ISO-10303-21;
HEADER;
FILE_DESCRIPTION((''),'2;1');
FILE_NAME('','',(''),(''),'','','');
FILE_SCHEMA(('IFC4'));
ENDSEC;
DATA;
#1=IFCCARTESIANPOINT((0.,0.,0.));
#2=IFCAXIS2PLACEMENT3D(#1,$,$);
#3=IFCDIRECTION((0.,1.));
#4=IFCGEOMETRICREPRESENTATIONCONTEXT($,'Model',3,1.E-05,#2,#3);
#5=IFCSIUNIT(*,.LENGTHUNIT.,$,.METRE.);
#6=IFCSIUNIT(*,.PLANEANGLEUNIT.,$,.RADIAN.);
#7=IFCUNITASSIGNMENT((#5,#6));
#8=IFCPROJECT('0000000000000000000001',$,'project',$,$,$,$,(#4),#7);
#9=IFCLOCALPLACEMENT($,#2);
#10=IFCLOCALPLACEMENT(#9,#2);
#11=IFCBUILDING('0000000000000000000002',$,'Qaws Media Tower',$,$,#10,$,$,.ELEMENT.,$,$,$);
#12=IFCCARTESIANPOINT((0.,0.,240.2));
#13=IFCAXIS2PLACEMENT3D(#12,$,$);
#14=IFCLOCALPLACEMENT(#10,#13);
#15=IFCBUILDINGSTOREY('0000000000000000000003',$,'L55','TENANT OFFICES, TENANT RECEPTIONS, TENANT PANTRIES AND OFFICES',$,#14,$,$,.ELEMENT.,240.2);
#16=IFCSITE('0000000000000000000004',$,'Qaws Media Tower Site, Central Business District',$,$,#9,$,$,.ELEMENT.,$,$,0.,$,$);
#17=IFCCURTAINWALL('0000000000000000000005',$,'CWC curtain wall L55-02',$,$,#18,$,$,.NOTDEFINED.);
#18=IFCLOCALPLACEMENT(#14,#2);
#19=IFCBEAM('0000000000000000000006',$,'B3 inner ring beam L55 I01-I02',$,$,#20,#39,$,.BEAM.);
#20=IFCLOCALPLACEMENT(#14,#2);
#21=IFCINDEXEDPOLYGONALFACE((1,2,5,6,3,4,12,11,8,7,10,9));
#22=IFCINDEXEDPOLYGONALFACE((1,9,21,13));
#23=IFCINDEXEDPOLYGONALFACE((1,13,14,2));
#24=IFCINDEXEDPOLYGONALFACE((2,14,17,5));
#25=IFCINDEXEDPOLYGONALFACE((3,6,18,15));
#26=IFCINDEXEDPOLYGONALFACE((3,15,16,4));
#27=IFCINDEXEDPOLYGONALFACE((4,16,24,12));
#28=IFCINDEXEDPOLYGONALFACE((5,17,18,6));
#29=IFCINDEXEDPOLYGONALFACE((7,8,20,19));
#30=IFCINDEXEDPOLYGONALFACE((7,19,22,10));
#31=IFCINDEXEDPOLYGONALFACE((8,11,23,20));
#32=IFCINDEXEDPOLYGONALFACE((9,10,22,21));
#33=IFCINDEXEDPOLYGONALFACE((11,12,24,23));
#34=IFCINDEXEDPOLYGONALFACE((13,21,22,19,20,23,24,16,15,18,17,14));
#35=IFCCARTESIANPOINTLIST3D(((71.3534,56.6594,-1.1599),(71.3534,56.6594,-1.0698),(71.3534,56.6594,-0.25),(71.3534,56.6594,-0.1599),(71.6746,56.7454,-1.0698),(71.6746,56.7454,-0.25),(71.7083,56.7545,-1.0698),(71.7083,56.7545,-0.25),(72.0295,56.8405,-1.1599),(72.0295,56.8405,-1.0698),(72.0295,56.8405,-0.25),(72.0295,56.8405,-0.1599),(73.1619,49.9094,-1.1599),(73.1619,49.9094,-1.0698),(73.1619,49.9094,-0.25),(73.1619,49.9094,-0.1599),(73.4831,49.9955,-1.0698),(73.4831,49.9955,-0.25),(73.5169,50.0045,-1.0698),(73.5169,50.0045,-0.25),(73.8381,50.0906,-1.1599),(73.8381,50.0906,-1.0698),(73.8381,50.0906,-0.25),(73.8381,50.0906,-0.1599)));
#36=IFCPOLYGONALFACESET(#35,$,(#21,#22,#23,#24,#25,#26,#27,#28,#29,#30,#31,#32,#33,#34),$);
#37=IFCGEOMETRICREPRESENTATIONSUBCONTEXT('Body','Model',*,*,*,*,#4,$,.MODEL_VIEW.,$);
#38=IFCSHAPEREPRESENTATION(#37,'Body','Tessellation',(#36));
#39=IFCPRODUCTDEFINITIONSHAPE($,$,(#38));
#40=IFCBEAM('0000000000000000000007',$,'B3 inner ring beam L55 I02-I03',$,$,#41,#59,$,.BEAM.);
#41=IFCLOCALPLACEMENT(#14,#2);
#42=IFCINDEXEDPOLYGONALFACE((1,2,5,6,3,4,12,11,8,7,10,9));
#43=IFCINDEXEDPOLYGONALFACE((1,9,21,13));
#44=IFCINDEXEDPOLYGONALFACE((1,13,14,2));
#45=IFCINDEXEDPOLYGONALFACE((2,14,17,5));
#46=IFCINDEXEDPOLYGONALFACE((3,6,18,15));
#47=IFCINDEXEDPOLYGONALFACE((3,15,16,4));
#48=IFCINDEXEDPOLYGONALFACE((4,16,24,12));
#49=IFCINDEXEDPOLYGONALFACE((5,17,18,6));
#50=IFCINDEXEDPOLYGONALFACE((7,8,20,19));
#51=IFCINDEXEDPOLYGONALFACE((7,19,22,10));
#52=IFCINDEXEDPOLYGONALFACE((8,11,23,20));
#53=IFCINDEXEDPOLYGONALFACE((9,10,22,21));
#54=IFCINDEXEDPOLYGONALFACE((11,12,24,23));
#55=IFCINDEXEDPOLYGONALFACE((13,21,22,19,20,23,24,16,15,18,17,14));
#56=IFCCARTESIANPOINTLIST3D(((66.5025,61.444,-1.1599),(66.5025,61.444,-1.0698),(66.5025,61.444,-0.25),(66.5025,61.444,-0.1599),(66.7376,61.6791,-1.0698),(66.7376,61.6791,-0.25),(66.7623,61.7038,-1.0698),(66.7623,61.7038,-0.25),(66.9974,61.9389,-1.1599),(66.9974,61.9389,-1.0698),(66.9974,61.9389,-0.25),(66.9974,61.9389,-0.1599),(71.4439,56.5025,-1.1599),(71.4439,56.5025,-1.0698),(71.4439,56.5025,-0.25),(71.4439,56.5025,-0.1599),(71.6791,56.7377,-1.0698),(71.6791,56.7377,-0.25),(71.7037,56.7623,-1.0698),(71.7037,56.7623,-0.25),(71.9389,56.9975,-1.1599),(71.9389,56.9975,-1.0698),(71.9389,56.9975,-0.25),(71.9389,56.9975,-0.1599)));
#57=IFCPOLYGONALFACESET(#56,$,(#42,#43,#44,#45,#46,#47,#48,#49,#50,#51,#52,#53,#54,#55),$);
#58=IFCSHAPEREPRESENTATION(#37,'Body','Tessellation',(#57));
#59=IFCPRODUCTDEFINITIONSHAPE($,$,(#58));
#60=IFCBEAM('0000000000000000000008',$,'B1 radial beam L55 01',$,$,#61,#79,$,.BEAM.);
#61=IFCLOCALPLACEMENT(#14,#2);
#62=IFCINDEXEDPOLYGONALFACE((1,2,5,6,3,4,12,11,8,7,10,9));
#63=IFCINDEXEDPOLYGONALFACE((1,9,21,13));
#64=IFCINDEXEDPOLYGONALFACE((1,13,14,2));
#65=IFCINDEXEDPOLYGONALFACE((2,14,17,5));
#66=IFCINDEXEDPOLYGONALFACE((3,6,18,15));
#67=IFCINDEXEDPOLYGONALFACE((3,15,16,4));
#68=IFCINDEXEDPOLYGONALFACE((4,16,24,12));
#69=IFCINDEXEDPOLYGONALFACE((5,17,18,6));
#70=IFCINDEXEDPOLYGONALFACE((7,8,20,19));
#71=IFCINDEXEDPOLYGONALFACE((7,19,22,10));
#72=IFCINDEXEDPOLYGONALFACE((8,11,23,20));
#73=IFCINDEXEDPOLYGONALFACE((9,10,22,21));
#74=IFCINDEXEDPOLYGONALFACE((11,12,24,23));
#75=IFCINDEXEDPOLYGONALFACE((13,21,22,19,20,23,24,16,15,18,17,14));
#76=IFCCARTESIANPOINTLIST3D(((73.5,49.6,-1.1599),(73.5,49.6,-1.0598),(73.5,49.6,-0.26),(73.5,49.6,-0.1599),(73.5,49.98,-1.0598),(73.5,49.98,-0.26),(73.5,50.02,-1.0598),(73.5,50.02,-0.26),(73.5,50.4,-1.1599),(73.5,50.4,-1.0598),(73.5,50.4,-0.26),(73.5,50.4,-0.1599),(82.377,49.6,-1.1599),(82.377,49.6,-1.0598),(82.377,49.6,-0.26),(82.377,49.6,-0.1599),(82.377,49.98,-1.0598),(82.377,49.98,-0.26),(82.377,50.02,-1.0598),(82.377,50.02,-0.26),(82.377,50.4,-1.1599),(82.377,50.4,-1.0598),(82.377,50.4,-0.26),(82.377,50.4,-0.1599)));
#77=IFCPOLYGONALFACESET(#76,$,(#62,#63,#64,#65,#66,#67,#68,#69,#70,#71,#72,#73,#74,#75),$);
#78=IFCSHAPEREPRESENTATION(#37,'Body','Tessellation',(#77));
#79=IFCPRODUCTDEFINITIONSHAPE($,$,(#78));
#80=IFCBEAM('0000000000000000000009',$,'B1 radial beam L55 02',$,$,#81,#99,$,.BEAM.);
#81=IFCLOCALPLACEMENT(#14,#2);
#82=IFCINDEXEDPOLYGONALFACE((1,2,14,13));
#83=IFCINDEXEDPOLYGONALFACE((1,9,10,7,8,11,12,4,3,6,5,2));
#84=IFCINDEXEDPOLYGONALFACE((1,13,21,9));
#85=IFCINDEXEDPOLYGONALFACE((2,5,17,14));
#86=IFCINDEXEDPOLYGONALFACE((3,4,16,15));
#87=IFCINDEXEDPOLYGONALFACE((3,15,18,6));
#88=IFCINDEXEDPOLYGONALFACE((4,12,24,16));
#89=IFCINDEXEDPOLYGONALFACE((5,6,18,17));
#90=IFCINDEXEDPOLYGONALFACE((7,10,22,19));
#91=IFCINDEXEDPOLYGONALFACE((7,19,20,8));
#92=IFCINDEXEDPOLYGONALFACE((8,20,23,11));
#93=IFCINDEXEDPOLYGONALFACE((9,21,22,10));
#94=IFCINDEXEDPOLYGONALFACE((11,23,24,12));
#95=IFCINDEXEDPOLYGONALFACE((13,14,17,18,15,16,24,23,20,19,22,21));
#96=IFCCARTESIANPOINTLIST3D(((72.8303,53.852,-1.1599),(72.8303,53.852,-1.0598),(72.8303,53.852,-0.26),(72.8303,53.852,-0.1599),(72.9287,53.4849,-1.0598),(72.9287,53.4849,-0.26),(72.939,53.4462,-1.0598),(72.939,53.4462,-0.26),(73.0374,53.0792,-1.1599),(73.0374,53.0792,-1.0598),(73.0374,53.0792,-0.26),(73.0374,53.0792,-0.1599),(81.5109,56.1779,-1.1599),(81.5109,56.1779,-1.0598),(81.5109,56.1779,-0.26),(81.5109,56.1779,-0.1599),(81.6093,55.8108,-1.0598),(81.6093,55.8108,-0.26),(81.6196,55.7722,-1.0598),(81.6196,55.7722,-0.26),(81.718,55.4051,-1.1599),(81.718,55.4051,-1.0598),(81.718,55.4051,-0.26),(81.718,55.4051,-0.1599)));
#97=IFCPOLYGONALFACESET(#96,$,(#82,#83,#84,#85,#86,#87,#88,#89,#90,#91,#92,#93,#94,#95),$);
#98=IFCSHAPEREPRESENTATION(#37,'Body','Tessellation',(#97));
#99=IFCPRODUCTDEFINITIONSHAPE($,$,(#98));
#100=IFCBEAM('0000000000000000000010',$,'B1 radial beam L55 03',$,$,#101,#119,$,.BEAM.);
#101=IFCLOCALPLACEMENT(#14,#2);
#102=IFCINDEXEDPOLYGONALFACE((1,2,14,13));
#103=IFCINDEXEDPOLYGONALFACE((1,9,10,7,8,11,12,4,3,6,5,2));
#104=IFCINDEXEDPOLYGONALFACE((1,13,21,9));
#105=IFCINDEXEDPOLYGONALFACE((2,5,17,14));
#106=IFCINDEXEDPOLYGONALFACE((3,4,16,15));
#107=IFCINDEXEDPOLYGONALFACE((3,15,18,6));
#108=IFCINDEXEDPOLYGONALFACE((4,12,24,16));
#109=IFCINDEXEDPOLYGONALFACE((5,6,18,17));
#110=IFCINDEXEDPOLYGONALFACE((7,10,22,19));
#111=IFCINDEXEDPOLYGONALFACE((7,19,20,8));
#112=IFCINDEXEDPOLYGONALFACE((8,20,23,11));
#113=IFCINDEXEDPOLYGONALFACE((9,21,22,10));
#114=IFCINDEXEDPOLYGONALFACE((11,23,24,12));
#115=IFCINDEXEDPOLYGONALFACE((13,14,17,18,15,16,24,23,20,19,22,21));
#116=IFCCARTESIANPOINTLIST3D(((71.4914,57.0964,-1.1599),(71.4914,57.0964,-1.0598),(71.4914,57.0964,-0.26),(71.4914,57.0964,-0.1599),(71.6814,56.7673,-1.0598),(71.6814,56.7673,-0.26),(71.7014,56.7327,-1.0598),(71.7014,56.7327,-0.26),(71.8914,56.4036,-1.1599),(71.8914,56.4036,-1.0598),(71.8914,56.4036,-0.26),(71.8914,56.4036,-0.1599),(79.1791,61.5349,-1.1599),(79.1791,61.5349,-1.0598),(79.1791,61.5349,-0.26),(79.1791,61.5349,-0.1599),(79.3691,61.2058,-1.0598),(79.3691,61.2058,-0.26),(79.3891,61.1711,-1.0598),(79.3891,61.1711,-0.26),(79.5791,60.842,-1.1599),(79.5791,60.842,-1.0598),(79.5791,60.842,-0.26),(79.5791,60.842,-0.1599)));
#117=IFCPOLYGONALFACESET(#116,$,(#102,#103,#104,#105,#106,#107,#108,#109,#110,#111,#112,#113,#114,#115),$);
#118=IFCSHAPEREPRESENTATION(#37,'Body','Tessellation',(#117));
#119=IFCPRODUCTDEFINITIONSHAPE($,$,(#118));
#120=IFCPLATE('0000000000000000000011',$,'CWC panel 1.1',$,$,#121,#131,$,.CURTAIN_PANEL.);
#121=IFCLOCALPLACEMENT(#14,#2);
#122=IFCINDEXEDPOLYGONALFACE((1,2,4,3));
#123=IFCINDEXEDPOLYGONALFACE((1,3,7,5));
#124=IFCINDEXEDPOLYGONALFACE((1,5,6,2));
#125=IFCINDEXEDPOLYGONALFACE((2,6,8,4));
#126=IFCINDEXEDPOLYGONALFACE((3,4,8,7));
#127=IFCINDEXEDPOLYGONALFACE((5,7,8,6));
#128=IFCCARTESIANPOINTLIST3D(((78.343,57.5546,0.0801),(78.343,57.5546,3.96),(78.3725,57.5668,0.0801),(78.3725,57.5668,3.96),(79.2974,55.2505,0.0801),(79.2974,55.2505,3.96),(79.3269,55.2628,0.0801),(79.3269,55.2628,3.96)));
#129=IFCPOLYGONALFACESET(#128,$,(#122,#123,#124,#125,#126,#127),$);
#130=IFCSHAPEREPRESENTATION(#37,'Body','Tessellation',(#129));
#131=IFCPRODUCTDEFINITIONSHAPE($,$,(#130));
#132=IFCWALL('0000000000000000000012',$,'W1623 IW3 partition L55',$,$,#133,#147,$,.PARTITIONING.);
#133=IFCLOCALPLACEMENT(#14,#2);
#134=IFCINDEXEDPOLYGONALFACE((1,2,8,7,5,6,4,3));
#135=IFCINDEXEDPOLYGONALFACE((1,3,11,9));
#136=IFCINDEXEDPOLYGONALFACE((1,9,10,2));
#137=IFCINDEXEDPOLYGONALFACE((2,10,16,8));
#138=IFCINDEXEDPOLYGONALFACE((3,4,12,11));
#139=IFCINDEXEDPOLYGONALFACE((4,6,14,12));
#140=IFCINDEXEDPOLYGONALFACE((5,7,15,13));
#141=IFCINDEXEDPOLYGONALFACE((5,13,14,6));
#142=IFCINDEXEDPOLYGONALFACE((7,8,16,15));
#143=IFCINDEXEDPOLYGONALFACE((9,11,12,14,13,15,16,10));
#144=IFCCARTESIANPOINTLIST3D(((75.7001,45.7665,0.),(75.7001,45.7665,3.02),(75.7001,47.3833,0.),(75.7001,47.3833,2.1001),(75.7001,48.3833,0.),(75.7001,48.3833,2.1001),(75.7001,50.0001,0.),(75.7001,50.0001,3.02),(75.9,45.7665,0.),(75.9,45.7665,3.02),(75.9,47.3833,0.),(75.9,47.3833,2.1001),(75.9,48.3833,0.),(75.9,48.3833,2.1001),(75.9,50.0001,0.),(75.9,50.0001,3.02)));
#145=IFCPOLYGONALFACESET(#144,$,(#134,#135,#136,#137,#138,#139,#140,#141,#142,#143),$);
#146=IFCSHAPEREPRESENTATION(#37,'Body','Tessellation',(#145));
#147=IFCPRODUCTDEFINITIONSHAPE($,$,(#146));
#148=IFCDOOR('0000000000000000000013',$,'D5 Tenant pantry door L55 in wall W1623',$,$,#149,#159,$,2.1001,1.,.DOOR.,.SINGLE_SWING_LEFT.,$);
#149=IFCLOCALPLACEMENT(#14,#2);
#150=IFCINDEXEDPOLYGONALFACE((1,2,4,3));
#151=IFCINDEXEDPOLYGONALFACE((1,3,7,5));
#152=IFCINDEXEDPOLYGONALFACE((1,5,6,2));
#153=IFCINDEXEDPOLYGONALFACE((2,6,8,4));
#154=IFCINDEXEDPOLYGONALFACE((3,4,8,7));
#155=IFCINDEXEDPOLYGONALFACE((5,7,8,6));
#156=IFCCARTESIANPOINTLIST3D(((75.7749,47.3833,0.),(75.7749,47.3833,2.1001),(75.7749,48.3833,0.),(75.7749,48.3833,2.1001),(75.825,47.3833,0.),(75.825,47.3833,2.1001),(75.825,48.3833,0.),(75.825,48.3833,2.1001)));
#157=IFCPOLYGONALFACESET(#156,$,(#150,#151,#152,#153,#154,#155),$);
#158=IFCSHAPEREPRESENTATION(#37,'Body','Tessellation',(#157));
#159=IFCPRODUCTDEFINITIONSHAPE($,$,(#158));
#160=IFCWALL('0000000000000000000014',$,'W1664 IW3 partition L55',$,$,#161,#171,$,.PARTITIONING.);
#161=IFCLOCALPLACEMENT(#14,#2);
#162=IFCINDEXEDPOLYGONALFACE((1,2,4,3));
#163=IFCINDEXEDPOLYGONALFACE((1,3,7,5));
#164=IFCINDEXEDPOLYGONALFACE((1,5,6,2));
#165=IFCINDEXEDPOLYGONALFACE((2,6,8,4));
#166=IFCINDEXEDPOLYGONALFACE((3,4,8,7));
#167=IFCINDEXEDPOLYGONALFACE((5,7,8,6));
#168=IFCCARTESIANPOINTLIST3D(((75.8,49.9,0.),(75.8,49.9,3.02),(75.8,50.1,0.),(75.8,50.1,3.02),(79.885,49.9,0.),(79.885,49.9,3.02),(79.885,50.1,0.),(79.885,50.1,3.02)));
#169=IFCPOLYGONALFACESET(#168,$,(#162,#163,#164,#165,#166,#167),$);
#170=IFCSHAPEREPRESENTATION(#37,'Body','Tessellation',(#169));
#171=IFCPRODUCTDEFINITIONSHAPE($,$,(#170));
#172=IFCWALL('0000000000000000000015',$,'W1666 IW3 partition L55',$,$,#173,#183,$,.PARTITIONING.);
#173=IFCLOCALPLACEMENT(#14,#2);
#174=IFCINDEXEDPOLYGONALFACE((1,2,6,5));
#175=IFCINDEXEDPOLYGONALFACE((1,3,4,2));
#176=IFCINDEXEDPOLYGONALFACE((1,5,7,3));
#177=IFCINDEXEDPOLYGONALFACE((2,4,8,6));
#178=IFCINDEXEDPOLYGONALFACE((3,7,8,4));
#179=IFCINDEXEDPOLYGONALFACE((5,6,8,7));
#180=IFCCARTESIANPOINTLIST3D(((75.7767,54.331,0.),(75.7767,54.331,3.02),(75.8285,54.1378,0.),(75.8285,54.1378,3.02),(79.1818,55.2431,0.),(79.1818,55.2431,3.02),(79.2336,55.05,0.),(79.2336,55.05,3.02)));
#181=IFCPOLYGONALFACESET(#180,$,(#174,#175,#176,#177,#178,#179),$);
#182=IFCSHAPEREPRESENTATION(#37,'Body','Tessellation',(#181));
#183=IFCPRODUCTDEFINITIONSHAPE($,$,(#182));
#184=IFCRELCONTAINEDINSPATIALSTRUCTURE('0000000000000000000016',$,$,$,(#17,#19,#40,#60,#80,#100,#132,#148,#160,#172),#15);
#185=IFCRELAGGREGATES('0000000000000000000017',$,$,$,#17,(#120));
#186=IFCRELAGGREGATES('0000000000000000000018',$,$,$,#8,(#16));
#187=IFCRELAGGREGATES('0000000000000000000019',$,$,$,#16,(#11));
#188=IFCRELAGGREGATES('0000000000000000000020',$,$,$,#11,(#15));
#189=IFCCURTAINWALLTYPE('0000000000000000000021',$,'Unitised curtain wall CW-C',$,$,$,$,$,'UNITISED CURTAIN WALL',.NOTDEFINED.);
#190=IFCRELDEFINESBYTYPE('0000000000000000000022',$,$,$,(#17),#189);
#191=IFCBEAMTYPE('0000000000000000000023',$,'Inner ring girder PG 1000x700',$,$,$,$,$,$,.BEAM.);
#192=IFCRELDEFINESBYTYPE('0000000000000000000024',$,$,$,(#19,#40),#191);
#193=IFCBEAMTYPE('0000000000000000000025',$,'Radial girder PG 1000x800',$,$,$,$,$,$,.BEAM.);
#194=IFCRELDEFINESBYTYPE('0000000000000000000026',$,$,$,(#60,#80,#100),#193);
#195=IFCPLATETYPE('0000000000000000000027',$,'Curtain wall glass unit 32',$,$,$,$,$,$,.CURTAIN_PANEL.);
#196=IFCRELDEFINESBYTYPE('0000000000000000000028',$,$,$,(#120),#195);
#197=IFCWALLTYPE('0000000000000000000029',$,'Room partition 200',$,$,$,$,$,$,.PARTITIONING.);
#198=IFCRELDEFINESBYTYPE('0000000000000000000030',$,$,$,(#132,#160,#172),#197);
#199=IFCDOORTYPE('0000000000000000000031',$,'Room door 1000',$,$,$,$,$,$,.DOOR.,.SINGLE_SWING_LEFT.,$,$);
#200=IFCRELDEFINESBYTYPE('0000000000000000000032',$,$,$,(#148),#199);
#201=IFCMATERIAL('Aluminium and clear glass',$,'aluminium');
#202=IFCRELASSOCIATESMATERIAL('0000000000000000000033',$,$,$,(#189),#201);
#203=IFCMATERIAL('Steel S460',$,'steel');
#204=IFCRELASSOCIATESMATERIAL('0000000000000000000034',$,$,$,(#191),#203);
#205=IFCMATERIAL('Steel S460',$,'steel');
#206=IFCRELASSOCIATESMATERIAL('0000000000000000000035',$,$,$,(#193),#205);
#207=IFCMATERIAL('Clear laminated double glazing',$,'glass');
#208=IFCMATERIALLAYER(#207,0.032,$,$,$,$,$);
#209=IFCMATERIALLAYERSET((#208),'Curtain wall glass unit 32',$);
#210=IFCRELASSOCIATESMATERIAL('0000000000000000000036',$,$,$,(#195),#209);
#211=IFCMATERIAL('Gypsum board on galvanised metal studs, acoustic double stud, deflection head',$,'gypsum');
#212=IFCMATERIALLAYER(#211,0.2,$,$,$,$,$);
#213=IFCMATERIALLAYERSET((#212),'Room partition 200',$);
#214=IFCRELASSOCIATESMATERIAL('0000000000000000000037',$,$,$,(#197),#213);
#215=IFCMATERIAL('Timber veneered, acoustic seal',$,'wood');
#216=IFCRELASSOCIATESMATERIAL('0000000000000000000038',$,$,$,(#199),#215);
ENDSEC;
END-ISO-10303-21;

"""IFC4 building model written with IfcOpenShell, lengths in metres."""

from ifc_helpers import new_model, si_unit, direction, frame, frame_2d, origin, origin_2d, place, context, subcontext, project, spatial, rectangle, i_section, extrude, material, layer, layer_set, material_profile, profile_set, type_object, element, fill, aggregate, save


model = new_model("IFC4")

# Units and contexts
model_context = context("Model", 3, precision=1e-05, world=origin(), true_north=direction((0.0, 1.0)))
body_context = subcontext(model_context, "Body", "Model", "MODEL_VIEW")
ifc_project = project(units=[si_unit("LENGTHUNIT", "METRE"), si_unit("PLANEANGLEUNIT", "RADIAN")], contexts=[model_context])

# Site, building, storey
site_placement = place(None, origin())
site = spatial("IfcSite", under=ifc_project, at=site_placement, Name="Qaws Media Tower Site, Central Business District", CompositionType="ELEMENT", RefElevation=0.0)
building_placement = place(site_placement, origin())
building = spatial("IfcBuilding", under=site, at=building_placement, Name="Qaws Media Tower", CompositionType="ELEMENT")
storey_placement = place(building_placement, frame((0.0, 0.0, 240.2)))
storey = spatial("IfcBuildingStorey", under=building, at=storey_placement, Name="L55", Description="TENANT OFFICES, TENANT RECEPTIONS, TENANT PANTRIES AND OFFICES", CompositionType="ELEMENT", Elevation=240.2)

# Curtain wall
ifc_material_1 = material(Name="Aluminium and clear glass", Category="aluminium")
curtain_wall_type = type_object("IfcCurtainWallType", Name="Unitised curtain wall CW-C", ElementType="UNITISED CURTAIN WALL", PredefinedType="NOTDEFINED", material=ifc_material_1)
curtain_wall_placement = place(storey_placement, origin())
curtain_wall = element("IfcCurtainWall", 1, at=curtain_wall_placement, inside=storey, type_object=curtain_wall_type, Name="CWC curtain wall L55-02", PredefinedType="NOTDEFINED")

# Beams
ifc_material_2 = material(Name="Steel S460", Category="steel")
ifc_material_profile_1 = material_profile(ifc_material_2, i_section(OverallWidth=0.7, OverallDepth=1.0, WebThickness=0.0349, FlangeThickness=0.0901, at=origin_2d()), Name="PG 1000x700")
ifc_profile_set_1 = profile_set([ifc_material_profile_1], Name="Steel S460")
beam_type_1 = type_object("IfcBeamType", Name="Inner ring girder PG 1000x700", PredefinedType="BEAM", material=ifc_profile_set_1)
beam_1_placement = place(storey_placement, frame((73.5, 50.0, -0.6599), z_axis=(-0.258811, 0.965928, 0.0), x_axis=(-0.965928, -0.258811, 0.0)))
element("IfcBeam", 2, at=beam_1_placement, inside=storey, type_object=beam_type_1, Name="B3 inner ring beam L55 I01-I02", PredefinedType="BEAM", context=body_context, shape_type="SweptSolid", body=[
    extrude(i_section(OverallWidth=0.7, OverallDepth=1.0, WebThickness=0.0349, FlangeThickness=0.0901, at=origin_2d()), origin(), (0.0, 0.0, 1.0), 6.988),
])
beam_2_placement = place(storey_placement, frame((71.6914, 56.75, -0.6599), z_axis=(-0.707107, 0.707107, 0.0), x_axis=(-0.707107, -0.707107, 0.0)))
element("IfcBeam", 3, at=beam_2_placement, inside=storey, type_object=beam_type_1, Name="B3 inner ring beam L55 I02-I03", PredefinedType="BEAM", context=body_context, shape_type="SweptSolid", body=[
    extrude(i_section(OverallWidth=0.7, OverallDepth=1.0, WebThickness=0.0349, FlangeThickness=0.0901, at=origin_2d()), origin(), (0.0, 0.0, 1.0), 6.9883),
])
ifc_material_3 = material(Name="Steel S460", Category="steel")
ifc_material_profile_2 = material_profile(ifc_material_3, i_section(OverallWidth=0.8, OverallDepth=1.0, WebThickness=0.04, FlangeThickness=0.1001, at=origin_2d()), Name="PG 1000x800")
ifc_profile_set_2 = profile_set([ifc_material_profile_2], Name="Steel S460")
beam_type_2 = type_object("IfcBeamType", Name="Radial girder PG 1000x800", PredefinedType="BEAM", material=ifc_profile_set_2)
beam_3_placement = place(storey_placement, frame((73.5, 50.0, -0.6599), z_axis=(1.0, 0.0, 0.0), x_axis=(0.0, 1.0, 0.0)))
element("IfcBeam", 4, at=beam_3_placement, inside=storey, type_object=beam_type_2, Name="B1 radial beam L55 01", PredefinedType="BEAM", context=body_context, shape_type="SweptSolid", body=[
    extrude(i_section(OverallWidth=0.8, OverallDepth=1.0, WebThickness=0.04, FlangeThickness=0.1001, at=origin_2d()), origin(), (0.0, 0.0, 1.0), 8.877),
])
beam_4_placement = place(storey_placement, frame((72.9338, 53.4656, -0.6599), z_axis=(0.965927, 0.258814, 0.0), x_axis=(-0.258814, 0.965927, 0.0)))
element("IfcBeam", 5, at=beam_4_placement, inside=storey, type_object=beam_type_2, Name="B1 radial beam L55 02", PredefinedType="BEAM", context=body_context, shape_type="SweptSolid", body=[
    extrude(i_section(OverallWidth=0.8, OverallDepth=1.0, WebThickness=0.04, FlangeThickness=0.1001, at=origin_2d()), origin(), (0.0, 0.0, 1.0), 8.9868),
])
beam_5_placement = place(storey_placement, frame((71.6914, 56.75, -0.6599), z_axis=(0.866028, 0.499996, 0.0), x_axis=(-0.499996, 0.866028, 0.0)))
element("IfcBeam", 6, at=beam_5_placement, inside=storey, type_object=beam_type_2, Name="B1 radial beam L55 03", PredefinedType="BEAM", context=body_context, shape_type="SweptSolid", body=[
    extrude(i_section(OverallWidth=0.8, OverallDepth=1.0, WebThickness=0.04, FlangeThickness=0.1001, at=origin_2d()), origin(), (0.0, 0.0, 1.0), 8.877),
])

# Plate
ifc_material_4 = material(Name="Clear laminated double glazing", Category="glass")
ifc_layer_1 = layer(ifc_material_4, 0.032)
ifc_layer_set_1 = layer_set([ifc_layer_1], Name="Curtain wall glass unit 32")
plate_type = type_object("IfcPlateType", Name="Curtain wall glass unit 32", PredefinedType="CURTAIN_PANEL", material=ifc_layer_set_1)
plate_placement = place(storey_placement, frame((78.835, 56.4087, 0.0801), z_axis=(0.0, 0.0, 1.0), x_axis=(-0.382683, 0.92388, 0.0)))
plate = element("IfcPlate", 7, at=plate_placement, type_object=plate_type, Name="CWC panel 1.1", PredefinedType="CURTAIN_PANEL", context=body_context, shape_type="SweptSolid", body=[
    extrude(rectangle(XDim=2.4939, YDim=0.032, at=origin_2d()), origin(), (0.0, 0.0, 1.0), 3.8799),
])
aggregate(curtain_wall, [plate])

# Wall, opening, door
ifc_material_5 = material(Name="Gypsum board on galvanised metal studs, acoustic double stud, deflection head", Category="gypsum")
ifc_layer_2 = layer(ifc_material_5, 0.2)
ifc_layer_set_2 = layer_set([ifc_layer_2], Name="Room partition 200")
wall_type = type_object("IfcWallType", Name="Room partition 200", PredefinedType="PARTITIONING", material=ifc_layer_set_2)
wall_1_placement = place(storey_placement, frame((75.8, 50.0, 0.0), z_axis=(0.0, 0.0, 1.0), x_axis=(0.0, -1.0, 0.0)))
wall_1 = element("IfcWall", 8, at=wall_1_placement, inside=storey, type_object=wall_type, Name="W1623 IW3 partition L55", PredefinedType="PARTITIONING", context=body_context, shape_type="SweptSolid", body=[
    extrude(rectangle(XDim=4.2336, YDim=0.2, at=frame_2d((2.1167, 0.0))), origin(), (0.0, 0.0, 1.0), 3.02),
])
opening_1_placement = place(wall_1_placement, frame((1.6167, 0.0, 0.0)))
opening_1 = element("IfcOpeningElement", 9, at=opening_1_placement, cuts=wall_1, PredefinedType="OPENING", context=body_context, shape_type="SweptSolid", body=[
    extrude(rectangle(XDim=1.0, YDim=2.1001, at=frame_2d((0.5, 1.05))), frame((0.0, 0.1099, 0.0), z_axis=(0.0, -1.0, 0.0), x_axis=(1.0, 0.0, 0.0)), (0.0, 0.0, 1.0), 0.22),
])
ifc_material_6 = material(Name="Timber veneered, acoustic seal", Category="wood")
door_type_1 = type_object("IfcDoorType", Name="Room door 1000", OperationType="SINGLE_SWING_LEFT", PredefinedType="DOOR", material=ifc_material_6)
door_1_placement = place(opening_1_placement, origin())
door_1 = element("IfcDoor", 10, at=door_1_placement, inside=storey, type_object=door_type_1, Name="D5 Tenant pantry door L55 in wall W1623", OperationType="SINGLE_SWING_LEFT", OverallHeight=2.1001, OverallWidth=1.0, PredefinedType="DOOR", context=body_context, shape_type="SweptSolid", body=[
    extrude(rectangle(XDim=1.0, YDim=2.1001, at=frame_2d((0.5, 1.05))), frame((0.0, 0.0249, 0.0), z_axis=(0.0, -1.0, 0.0), x_axis=(1.0, 0.0, 0.0)), (0.0, 0.0, 1.0), 0.05),
])
fill(opening_1, door_1)

# Walls
wall_2_placement = place(storey_placement, frame((75.8, 50.0, 0.0), z_axis=(0.0, 0.0, 1.0), x_axis=(1.0, 0.0, 0.0)))
element("IfcWall", 11, at=wall_2_placement, inside=storey, type_object=wall_type, Name="W1664 IW3 partition L55", PredefinedType="PARTITIONING", context=body_context, shape_type="SweptSolid", body=[
    extrude(rectangle(XDim=4.085, YDim=0.2, at=frame_2d((2.0425, 0.0))), origin(), (0.0, 0.0, 1.0), 3.02),
])
wall_3_placement = place(storey_placement, frame((75.8025, 54.2344, 0.0), z_axis=(0.0, 0.0, 1.0), x_axis=(0.965945, 0.258749, 0.0)))
element("IfcWall", 12, at=wall_3_placement, inside=storey, type_object=wall_type, Name="W1666 IW3 partition L55", PredefinedType="PARTITIONING", context=body_context, shape_type="SweptSolid", body=[
    extrude(rectangle(XDim=3.5251, YDim=0.2, at=frame_2d((1.7627, 0.0))), origin(), (0.0, 0.0, 1.0), 3.02),
])

save(model, "model.ifc")
